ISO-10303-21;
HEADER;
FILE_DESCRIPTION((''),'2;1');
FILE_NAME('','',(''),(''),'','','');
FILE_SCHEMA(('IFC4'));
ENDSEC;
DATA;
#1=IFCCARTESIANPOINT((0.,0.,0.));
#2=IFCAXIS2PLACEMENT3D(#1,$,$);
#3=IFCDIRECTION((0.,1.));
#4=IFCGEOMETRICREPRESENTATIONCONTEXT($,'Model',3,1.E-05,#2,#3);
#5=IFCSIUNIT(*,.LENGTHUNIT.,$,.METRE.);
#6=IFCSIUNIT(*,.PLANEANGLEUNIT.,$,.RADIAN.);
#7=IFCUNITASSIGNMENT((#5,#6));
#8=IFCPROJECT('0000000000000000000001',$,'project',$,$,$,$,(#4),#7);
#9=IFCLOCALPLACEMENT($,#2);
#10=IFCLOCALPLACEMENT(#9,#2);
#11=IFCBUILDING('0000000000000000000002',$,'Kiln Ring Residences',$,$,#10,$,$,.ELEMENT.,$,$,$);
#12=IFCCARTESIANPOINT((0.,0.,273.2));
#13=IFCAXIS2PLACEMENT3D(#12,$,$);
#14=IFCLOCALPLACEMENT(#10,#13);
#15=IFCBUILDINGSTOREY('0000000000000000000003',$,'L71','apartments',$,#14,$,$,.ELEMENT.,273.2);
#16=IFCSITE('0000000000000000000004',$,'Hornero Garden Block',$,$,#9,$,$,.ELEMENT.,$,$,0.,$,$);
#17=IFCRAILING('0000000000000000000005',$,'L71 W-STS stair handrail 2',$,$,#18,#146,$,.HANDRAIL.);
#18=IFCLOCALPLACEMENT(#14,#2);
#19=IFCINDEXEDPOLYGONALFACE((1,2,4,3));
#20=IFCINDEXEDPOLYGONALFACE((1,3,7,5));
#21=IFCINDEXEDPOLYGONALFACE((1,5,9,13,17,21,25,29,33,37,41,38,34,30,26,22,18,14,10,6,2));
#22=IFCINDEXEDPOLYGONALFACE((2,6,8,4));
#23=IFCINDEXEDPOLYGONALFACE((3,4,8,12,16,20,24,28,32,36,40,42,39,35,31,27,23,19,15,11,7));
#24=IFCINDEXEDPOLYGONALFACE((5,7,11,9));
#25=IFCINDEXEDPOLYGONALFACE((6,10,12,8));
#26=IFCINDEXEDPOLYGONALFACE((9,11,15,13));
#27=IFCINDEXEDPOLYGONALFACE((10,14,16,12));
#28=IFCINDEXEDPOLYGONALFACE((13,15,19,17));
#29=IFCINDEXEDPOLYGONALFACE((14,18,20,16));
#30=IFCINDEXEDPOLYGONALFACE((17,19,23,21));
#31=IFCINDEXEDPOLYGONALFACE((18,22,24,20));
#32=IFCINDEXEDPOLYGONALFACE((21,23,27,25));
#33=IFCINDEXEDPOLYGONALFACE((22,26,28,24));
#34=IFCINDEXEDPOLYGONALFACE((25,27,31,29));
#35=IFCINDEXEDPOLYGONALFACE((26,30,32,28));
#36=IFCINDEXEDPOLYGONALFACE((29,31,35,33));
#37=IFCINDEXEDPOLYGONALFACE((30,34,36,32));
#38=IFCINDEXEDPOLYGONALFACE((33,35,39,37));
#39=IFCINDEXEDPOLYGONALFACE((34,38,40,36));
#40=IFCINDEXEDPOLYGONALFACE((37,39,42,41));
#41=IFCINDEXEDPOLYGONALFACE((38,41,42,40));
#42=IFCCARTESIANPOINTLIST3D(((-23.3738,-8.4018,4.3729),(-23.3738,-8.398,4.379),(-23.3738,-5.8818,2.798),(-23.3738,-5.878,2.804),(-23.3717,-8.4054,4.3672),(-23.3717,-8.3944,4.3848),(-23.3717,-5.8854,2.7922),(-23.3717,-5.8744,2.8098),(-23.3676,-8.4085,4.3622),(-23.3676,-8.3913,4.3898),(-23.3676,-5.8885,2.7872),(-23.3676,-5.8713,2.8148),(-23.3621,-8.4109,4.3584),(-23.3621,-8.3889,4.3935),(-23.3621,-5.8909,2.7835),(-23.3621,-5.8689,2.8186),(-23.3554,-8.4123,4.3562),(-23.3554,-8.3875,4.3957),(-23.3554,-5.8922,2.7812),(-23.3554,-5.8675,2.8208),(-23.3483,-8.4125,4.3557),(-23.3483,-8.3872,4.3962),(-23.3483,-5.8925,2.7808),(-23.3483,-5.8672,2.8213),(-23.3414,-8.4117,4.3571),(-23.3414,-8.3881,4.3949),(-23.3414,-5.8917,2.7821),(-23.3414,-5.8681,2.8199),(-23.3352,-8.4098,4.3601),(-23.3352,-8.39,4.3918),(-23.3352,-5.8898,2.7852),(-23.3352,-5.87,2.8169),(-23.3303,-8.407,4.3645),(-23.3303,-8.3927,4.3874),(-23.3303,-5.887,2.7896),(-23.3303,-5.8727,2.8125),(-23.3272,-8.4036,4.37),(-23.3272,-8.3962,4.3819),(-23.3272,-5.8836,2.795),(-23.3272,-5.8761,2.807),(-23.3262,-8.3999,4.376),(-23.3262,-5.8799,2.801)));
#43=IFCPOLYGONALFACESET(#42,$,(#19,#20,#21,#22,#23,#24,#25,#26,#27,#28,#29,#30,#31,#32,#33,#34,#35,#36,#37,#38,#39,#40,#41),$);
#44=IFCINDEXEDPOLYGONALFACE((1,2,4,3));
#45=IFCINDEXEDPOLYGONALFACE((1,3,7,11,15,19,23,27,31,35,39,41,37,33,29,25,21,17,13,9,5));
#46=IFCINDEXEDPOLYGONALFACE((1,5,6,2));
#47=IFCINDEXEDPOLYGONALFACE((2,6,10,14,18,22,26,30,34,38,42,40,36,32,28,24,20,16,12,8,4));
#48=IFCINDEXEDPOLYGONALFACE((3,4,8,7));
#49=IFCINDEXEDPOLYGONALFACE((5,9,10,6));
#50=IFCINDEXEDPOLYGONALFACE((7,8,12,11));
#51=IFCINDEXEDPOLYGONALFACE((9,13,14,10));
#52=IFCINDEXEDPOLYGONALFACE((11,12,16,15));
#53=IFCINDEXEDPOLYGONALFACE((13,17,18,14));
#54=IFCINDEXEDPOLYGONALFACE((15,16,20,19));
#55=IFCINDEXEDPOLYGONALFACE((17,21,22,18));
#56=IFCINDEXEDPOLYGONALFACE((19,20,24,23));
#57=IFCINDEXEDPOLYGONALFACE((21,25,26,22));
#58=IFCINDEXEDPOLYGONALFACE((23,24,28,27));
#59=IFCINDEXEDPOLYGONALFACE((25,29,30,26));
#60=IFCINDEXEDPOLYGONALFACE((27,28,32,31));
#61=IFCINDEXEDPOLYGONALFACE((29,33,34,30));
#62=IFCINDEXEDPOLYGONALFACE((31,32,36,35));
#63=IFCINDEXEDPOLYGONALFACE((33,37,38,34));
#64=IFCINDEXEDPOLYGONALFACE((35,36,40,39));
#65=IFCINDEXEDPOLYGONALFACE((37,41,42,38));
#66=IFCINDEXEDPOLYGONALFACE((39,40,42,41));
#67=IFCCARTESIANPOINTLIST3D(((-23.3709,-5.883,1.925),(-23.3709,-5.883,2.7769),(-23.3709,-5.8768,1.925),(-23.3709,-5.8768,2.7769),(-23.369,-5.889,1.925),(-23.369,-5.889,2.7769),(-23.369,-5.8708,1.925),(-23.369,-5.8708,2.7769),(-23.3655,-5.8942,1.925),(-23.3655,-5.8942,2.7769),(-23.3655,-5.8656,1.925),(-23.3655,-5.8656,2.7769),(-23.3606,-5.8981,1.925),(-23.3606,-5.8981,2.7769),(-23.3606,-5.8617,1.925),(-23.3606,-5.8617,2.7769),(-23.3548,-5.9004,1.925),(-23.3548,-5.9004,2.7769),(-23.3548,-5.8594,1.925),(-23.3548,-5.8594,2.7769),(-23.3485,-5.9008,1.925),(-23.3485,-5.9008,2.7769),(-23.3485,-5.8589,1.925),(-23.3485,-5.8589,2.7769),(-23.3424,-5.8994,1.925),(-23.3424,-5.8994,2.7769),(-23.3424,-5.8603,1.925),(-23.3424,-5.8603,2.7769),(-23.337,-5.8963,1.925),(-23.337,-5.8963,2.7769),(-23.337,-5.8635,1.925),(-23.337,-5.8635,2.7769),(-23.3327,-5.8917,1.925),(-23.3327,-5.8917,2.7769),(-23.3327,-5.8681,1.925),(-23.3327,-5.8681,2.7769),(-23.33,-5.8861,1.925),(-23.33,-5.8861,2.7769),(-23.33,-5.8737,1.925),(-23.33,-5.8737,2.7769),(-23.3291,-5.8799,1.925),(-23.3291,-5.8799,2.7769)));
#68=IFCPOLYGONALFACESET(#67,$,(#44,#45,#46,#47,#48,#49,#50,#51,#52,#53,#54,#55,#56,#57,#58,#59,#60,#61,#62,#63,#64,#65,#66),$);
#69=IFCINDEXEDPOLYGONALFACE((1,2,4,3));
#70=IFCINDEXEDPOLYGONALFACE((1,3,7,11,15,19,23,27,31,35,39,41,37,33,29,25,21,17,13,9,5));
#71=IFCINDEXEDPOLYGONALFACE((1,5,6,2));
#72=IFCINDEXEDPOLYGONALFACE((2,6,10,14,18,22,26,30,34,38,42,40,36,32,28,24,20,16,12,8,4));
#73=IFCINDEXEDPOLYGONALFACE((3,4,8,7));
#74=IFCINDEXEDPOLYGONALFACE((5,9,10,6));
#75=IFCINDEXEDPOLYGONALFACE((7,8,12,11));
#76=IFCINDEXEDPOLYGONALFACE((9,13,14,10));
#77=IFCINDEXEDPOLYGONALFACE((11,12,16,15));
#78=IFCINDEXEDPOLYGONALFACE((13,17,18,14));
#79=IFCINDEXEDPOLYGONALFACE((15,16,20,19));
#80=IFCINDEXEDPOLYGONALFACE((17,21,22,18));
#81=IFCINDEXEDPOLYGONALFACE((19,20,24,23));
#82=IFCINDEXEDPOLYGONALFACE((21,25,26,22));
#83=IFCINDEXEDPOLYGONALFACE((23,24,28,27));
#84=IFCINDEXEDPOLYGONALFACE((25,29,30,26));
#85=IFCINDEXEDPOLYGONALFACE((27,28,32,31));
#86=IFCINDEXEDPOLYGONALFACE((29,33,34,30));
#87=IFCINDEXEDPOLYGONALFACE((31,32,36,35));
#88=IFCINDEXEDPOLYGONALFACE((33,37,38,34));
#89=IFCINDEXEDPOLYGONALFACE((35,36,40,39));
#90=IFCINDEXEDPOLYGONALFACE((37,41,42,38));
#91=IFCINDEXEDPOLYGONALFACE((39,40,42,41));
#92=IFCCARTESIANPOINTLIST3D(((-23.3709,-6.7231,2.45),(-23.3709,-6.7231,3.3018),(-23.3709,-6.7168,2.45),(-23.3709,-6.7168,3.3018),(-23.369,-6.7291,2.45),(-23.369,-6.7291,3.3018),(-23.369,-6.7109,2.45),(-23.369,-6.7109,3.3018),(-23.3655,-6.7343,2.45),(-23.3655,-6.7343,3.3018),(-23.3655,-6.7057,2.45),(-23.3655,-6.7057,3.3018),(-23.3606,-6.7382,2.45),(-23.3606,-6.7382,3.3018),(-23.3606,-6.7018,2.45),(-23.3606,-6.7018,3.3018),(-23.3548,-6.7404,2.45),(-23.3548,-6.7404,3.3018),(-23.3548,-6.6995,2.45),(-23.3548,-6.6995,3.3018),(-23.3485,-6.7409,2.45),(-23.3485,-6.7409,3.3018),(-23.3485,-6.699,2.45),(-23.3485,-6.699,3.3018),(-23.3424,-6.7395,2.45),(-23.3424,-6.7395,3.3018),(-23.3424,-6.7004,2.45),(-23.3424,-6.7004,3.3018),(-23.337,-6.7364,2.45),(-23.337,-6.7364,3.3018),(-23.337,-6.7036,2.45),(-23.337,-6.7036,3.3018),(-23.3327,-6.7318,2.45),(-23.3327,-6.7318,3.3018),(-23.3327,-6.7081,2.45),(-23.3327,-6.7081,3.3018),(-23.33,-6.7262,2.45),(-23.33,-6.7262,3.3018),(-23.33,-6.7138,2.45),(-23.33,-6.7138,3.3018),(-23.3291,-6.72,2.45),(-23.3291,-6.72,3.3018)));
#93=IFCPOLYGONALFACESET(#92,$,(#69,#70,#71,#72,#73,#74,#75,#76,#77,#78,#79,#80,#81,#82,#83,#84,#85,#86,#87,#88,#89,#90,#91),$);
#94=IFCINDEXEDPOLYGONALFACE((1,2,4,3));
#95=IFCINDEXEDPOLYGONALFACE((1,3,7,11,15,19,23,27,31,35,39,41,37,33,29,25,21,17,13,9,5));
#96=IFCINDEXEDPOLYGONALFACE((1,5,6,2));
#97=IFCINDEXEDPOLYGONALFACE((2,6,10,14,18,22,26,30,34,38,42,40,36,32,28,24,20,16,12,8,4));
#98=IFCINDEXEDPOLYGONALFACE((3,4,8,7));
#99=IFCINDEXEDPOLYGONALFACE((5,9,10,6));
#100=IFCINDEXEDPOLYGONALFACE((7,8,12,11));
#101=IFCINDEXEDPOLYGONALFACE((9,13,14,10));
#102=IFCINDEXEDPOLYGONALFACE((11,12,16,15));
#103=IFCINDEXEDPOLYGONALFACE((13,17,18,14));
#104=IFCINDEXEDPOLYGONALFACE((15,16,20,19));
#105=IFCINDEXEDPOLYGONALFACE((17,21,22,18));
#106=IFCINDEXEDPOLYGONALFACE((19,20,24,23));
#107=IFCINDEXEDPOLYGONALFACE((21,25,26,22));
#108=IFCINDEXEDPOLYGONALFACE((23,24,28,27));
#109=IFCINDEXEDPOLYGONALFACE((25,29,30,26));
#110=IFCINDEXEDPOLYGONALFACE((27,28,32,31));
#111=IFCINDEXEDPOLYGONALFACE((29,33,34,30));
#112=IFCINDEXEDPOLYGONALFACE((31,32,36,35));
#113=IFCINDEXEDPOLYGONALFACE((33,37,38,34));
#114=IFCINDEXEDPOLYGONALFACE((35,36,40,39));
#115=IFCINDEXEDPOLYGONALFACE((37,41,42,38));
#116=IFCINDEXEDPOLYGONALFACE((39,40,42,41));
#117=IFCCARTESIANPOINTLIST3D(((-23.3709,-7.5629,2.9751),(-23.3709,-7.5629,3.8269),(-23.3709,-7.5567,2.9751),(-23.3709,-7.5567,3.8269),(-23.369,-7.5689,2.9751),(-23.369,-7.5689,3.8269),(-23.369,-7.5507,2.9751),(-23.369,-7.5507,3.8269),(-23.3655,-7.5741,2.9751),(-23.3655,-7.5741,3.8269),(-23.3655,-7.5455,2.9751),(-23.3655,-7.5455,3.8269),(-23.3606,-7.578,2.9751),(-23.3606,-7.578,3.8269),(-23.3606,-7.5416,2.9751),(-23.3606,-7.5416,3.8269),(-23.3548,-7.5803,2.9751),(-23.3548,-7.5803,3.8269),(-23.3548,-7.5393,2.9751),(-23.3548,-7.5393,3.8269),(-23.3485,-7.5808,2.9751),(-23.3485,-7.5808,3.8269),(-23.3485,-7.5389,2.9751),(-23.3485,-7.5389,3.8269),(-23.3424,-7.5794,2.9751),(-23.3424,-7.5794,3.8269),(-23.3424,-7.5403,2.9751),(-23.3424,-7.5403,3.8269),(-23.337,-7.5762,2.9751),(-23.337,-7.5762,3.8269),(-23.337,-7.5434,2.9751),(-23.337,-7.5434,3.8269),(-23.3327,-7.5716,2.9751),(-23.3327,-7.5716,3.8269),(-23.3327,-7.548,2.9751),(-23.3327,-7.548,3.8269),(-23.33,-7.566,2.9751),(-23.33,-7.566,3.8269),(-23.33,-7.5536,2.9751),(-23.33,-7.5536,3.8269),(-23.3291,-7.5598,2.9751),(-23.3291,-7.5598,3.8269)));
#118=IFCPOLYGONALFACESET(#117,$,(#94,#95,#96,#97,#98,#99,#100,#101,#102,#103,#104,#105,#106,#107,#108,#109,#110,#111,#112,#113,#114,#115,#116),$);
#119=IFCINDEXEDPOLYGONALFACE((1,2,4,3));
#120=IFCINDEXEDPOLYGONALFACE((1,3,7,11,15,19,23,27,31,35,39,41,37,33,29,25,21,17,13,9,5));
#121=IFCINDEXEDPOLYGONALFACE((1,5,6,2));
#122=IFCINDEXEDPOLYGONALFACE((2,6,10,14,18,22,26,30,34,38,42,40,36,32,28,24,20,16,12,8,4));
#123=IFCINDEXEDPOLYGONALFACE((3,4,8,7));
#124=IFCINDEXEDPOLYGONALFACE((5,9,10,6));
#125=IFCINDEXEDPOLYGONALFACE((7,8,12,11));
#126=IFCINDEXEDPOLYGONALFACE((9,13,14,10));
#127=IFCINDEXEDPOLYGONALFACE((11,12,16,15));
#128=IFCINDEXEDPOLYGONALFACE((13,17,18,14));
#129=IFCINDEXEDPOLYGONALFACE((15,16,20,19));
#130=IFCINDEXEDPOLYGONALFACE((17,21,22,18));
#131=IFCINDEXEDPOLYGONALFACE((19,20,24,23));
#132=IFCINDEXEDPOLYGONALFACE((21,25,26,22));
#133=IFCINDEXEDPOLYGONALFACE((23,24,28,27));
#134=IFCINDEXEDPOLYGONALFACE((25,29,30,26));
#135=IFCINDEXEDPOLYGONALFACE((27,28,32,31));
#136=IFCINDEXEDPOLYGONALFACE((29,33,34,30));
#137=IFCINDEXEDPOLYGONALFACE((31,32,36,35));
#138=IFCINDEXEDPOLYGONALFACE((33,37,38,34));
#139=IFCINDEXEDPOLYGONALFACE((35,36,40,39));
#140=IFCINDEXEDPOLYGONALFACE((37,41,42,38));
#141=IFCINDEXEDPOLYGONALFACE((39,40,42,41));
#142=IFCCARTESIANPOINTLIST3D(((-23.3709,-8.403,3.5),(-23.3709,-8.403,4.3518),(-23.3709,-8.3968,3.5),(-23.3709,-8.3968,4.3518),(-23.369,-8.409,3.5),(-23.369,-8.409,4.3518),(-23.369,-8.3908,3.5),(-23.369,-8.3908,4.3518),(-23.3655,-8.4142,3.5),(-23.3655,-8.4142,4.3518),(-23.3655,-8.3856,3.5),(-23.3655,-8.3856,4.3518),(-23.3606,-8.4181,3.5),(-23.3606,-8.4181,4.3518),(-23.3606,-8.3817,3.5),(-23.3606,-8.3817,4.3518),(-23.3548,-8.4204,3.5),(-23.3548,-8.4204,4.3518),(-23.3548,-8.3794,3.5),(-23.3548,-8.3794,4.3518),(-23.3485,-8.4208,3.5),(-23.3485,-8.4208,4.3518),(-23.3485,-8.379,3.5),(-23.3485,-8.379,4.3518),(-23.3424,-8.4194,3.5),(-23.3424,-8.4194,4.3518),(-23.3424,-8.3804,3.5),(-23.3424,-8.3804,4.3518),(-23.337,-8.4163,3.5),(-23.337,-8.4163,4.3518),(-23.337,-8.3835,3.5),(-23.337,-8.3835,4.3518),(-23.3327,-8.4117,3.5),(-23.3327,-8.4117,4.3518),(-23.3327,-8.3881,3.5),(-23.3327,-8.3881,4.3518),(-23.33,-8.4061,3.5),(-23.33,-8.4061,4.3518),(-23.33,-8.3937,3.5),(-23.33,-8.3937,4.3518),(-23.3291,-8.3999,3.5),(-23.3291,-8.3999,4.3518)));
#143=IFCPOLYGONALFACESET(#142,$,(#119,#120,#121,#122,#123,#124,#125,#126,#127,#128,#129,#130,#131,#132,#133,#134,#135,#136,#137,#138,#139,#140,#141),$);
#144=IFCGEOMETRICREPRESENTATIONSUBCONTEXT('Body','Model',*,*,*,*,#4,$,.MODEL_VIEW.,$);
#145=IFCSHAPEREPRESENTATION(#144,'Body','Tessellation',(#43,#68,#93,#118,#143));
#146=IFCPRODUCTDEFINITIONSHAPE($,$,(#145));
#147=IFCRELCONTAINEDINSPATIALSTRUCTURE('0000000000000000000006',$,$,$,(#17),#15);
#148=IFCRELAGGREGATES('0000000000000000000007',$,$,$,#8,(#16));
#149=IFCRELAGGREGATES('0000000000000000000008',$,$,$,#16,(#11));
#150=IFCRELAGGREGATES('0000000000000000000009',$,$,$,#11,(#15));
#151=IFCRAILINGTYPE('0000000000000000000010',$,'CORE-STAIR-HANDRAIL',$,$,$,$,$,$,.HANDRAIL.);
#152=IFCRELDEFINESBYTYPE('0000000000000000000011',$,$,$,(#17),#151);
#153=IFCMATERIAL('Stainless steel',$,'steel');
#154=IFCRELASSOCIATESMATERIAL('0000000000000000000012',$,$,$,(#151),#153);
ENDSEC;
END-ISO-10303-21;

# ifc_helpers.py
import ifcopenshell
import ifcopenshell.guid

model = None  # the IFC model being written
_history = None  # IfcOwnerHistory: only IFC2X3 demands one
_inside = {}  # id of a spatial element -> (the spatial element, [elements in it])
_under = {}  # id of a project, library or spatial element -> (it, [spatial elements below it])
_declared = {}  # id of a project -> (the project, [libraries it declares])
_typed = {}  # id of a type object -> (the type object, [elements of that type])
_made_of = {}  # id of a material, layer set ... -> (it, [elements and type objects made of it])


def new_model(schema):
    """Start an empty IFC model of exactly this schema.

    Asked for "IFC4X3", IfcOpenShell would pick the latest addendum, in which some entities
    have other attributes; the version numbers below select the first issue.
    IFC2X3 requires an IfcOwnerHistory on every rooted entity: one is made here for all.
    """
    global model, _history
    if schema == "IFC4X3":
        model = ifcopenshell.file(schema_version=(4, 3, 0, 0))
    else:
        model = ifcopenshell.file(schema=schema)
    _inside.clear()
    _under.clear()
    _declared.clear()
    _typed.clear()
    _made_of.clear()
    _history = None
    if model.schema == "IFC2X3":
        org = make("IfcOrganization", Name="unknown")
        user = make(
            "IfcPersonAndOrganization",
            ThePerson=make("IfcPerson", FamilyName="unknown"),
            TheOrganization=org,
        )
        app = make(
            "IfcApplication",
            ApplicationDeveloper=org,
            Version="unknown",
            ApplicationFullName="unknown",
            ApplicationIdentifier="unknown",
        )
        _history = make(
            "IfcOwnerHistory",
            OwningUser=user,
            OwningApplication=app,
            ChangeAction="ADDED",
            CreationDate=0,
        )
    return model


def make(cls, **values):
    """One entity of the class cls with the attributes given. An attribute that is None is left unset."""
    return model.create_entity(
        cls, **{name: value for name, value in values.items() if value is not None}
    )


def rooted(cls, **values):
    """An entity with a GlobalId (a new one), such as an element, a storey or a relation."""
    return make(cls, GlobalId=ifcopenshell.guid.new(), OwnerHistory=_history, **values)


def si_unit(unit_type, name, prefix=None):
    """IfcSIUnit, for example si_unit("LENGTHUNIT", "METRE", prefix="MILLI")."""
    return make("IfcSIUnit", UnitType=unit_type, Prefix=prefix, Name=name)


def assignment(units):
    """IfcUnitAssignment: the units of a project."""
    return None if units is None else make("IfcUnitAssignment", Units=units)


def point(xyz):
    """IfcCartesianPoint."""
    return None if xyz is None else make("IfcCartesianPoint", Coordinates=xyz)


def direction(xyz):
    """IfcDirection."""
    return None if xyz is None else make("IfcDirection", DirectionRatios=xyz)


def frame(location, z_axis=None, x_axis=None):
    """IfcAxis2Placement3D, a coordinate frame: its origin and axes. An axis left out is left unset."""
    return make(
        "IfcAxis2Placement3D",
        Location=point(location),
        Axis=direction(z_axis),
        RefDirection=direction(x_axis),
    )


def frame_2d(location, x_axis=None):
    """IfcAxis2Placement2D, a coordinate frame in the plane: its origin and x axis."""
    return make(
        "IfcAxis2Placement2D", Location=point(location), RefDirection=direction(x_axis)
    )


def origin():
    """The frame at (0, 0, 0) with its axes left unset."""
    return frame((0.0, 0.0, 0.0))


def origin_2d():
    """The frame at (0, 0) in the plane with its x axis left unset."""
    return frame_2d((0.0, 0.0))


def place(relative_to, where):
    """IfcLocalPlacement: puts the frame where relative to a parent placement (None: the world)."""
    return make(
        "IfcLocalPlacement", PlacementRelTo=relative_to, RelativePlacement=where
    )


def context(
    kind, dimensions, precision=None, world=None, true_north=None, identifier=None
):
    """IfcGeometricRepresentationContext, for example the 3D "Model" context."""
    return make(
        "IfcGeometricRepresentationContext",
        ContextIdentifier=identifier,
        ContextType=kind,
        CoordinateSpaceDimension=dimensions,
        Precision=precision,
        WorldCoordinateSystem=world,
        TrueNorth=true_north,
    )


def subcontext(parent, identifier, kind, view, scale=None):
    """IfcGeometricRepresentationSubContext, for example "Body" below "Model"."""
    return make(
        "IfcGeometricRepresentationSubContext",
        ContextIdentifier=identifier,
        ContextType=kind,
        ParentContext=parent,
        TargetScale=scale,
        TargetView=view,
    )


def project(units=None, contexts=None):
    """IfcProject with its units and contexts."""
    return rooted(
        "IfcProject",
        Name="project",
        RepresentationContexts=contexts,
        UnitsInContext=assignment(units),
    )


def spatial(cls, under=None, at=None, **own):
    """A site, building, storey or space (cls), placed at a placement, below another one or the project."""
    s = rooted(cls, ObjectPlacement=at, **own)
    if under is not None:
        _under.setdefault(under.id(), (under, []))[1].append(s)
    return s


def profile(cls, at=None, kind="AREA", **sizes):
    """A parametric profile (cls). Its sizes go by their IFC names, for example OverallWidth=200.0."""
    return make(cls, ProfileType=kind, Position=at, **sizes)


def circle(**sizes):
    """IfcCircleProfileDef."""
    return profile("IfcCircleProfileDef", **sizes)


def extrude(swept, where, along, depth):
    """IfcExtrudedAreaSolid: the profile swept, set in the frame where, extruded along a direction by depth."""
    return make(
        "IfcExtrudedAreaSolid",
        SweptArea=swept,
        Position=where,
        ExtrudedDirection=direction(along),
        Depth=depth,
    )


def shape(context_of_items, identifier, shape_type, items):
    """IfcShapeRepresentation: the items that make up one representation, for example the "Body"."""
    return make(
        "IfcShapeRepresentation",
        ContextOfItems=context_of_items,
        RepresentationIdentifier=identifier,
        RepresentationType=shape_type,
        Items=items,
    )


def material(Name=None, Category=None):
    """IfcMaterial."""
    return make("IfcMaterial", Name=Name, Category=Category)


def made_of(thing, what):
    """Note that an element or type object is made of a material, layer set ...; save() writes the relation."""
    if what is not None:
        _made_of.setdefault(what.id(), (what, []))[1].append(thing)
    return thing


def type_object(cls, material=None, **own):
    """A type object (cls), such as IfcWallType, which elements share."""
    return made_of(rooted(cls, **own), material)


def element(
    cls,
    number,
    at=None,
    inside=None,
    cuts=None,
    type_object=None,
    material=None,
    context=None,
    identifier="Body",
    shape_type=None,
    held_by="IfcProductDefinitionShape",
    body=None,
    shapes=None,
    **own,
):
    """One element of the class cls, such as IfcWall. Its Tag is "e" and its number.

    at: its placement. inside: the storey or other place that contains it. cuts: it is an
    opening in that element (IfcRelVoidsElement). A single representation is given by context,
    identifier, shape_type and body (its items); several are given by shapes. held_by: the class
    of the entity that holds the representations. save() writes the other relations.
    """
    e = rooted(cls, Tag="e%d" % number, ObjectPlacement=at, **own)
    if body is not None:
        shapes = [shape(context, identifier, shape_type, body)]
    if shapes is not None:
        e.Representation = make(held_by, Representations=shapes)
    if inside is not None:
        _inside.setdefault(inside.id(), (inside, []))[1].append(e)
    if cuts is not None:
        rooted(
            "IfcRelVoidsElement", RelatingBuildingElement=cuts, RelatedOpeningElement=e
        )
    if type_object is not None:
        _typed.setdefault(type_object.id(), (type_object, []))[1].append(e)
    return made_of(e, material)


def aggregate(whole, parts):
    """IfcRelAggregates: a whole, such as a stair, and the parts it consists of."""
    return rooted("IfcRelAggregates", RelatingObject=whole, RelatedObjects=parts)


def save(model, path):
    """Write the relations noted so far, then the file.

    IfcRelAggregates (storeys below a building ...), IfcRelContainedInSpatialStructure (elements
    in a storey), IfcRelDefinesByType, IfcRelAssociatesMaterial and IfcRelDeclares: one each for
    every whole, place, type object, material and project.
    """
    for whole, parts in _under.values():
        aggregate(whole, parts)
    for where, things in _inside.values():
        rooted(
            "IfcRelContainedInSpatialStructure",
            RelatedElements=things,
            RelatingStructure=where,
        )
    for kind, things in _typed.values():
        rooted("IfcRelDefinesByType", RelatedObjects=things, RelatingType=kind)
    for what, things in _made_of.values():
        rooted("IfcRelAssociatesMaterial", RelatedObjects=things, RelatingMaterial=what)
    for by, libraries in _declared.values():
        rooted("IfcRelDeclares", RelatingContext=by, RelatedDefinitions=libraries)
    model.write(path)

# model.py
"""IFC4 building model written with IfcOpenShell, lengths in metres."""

from ifc_helpers import new_model, si_unit, direction, frame, origin, origin_2d, place, context, subcontext, project, spatial, circle, extrude, material, type_object, element, save


model = new_model("IFC4")

# Units and contexts
model_context = context("Model", 3, precision=1e-05, world=origin(), true_north=direction((0.0, 1.0)))
body_context = subcontext(model_context, "Body", "Model", "MODEL_VIEW")
ifc_project = project(units=[si_unit("LENGTHUNIT", "METRE"), si_unit("PLANEANGLEUNIT", "RADIAN")], contexts=[model_context])

# Site, building, storey
site_placement = place(None, origin())
site = spatial("IfcSite", under=ifc_project, at=site_placement, Name="Hornero Garden Block", CompositionType="ELEMENT", RefElevation=0.0)
building_placement = place(site_placement, origin())
building = spatial("IfcBuilding", under=site, at=building_placement, Name="Kiln Ring Residences", CompositionType="ELEMENT")
storey_placement = place(building_placement, frame((0.0, 0.0, 273.2)))
storey = spatial("IfcBuildingStorey", under=building, at=storey_placement, Name="L71", Description="apartments", CompositionType="ELEMENT", Elevation=273.2)

# Railing
ifc_material_1 = material(Name="Stainless steel", Category="steel")
railing_type_1 = type_object("IfcRailingType", Name="CORE-STAIR-HANDRAIL", PredefinedType="HANDRAIL", material=ifc_material_1)
railing_1_placement = place(storey_placement, frame((-23.3501, -5.8799, 1.925)))
element("IfcRailing", 1, at=railing_1_placement, inside=storey, type_object=railing_type_1, Name="L71 W-STS stair handrail 2", PredefinedType="HANDRAIL", context=body_context, shape_type="SweptSolid", body=[
    extrude(circle(Radius=0.0239, at=origin_2d()), frame((0.0, 0.0, 0.876), z_axis=(0.0, -0.848008, 0.529984), x_axis=(1.0, 0.0, 0.0)), (0.0, 0.0, 1.0), 2.9717),
    extrude(circle(Radius=0.021, at=origin_2d()), origin(), (0.0, 0.0, 1.0), 0.8518),
    extrude(circle(Radius=0.021, at=origin_2d()), frame((0.0, -0.8401, 0.5249)), (0.0, 0.0, 1.0), 0.8518),
    extrude(circle(Radius=0.021, at=origin_2d()), frame((0.0, -1.6799, 1.05)), (0.0, 0.0, 1.0), 0.8518),
    extrude(circle(Radius=0.021, at=origin_2d()), frame((0.0, -2.52, 1.575)), (0.0, 0.0, 1.0), 0.8518),
])

save(model, "model.ifc")
